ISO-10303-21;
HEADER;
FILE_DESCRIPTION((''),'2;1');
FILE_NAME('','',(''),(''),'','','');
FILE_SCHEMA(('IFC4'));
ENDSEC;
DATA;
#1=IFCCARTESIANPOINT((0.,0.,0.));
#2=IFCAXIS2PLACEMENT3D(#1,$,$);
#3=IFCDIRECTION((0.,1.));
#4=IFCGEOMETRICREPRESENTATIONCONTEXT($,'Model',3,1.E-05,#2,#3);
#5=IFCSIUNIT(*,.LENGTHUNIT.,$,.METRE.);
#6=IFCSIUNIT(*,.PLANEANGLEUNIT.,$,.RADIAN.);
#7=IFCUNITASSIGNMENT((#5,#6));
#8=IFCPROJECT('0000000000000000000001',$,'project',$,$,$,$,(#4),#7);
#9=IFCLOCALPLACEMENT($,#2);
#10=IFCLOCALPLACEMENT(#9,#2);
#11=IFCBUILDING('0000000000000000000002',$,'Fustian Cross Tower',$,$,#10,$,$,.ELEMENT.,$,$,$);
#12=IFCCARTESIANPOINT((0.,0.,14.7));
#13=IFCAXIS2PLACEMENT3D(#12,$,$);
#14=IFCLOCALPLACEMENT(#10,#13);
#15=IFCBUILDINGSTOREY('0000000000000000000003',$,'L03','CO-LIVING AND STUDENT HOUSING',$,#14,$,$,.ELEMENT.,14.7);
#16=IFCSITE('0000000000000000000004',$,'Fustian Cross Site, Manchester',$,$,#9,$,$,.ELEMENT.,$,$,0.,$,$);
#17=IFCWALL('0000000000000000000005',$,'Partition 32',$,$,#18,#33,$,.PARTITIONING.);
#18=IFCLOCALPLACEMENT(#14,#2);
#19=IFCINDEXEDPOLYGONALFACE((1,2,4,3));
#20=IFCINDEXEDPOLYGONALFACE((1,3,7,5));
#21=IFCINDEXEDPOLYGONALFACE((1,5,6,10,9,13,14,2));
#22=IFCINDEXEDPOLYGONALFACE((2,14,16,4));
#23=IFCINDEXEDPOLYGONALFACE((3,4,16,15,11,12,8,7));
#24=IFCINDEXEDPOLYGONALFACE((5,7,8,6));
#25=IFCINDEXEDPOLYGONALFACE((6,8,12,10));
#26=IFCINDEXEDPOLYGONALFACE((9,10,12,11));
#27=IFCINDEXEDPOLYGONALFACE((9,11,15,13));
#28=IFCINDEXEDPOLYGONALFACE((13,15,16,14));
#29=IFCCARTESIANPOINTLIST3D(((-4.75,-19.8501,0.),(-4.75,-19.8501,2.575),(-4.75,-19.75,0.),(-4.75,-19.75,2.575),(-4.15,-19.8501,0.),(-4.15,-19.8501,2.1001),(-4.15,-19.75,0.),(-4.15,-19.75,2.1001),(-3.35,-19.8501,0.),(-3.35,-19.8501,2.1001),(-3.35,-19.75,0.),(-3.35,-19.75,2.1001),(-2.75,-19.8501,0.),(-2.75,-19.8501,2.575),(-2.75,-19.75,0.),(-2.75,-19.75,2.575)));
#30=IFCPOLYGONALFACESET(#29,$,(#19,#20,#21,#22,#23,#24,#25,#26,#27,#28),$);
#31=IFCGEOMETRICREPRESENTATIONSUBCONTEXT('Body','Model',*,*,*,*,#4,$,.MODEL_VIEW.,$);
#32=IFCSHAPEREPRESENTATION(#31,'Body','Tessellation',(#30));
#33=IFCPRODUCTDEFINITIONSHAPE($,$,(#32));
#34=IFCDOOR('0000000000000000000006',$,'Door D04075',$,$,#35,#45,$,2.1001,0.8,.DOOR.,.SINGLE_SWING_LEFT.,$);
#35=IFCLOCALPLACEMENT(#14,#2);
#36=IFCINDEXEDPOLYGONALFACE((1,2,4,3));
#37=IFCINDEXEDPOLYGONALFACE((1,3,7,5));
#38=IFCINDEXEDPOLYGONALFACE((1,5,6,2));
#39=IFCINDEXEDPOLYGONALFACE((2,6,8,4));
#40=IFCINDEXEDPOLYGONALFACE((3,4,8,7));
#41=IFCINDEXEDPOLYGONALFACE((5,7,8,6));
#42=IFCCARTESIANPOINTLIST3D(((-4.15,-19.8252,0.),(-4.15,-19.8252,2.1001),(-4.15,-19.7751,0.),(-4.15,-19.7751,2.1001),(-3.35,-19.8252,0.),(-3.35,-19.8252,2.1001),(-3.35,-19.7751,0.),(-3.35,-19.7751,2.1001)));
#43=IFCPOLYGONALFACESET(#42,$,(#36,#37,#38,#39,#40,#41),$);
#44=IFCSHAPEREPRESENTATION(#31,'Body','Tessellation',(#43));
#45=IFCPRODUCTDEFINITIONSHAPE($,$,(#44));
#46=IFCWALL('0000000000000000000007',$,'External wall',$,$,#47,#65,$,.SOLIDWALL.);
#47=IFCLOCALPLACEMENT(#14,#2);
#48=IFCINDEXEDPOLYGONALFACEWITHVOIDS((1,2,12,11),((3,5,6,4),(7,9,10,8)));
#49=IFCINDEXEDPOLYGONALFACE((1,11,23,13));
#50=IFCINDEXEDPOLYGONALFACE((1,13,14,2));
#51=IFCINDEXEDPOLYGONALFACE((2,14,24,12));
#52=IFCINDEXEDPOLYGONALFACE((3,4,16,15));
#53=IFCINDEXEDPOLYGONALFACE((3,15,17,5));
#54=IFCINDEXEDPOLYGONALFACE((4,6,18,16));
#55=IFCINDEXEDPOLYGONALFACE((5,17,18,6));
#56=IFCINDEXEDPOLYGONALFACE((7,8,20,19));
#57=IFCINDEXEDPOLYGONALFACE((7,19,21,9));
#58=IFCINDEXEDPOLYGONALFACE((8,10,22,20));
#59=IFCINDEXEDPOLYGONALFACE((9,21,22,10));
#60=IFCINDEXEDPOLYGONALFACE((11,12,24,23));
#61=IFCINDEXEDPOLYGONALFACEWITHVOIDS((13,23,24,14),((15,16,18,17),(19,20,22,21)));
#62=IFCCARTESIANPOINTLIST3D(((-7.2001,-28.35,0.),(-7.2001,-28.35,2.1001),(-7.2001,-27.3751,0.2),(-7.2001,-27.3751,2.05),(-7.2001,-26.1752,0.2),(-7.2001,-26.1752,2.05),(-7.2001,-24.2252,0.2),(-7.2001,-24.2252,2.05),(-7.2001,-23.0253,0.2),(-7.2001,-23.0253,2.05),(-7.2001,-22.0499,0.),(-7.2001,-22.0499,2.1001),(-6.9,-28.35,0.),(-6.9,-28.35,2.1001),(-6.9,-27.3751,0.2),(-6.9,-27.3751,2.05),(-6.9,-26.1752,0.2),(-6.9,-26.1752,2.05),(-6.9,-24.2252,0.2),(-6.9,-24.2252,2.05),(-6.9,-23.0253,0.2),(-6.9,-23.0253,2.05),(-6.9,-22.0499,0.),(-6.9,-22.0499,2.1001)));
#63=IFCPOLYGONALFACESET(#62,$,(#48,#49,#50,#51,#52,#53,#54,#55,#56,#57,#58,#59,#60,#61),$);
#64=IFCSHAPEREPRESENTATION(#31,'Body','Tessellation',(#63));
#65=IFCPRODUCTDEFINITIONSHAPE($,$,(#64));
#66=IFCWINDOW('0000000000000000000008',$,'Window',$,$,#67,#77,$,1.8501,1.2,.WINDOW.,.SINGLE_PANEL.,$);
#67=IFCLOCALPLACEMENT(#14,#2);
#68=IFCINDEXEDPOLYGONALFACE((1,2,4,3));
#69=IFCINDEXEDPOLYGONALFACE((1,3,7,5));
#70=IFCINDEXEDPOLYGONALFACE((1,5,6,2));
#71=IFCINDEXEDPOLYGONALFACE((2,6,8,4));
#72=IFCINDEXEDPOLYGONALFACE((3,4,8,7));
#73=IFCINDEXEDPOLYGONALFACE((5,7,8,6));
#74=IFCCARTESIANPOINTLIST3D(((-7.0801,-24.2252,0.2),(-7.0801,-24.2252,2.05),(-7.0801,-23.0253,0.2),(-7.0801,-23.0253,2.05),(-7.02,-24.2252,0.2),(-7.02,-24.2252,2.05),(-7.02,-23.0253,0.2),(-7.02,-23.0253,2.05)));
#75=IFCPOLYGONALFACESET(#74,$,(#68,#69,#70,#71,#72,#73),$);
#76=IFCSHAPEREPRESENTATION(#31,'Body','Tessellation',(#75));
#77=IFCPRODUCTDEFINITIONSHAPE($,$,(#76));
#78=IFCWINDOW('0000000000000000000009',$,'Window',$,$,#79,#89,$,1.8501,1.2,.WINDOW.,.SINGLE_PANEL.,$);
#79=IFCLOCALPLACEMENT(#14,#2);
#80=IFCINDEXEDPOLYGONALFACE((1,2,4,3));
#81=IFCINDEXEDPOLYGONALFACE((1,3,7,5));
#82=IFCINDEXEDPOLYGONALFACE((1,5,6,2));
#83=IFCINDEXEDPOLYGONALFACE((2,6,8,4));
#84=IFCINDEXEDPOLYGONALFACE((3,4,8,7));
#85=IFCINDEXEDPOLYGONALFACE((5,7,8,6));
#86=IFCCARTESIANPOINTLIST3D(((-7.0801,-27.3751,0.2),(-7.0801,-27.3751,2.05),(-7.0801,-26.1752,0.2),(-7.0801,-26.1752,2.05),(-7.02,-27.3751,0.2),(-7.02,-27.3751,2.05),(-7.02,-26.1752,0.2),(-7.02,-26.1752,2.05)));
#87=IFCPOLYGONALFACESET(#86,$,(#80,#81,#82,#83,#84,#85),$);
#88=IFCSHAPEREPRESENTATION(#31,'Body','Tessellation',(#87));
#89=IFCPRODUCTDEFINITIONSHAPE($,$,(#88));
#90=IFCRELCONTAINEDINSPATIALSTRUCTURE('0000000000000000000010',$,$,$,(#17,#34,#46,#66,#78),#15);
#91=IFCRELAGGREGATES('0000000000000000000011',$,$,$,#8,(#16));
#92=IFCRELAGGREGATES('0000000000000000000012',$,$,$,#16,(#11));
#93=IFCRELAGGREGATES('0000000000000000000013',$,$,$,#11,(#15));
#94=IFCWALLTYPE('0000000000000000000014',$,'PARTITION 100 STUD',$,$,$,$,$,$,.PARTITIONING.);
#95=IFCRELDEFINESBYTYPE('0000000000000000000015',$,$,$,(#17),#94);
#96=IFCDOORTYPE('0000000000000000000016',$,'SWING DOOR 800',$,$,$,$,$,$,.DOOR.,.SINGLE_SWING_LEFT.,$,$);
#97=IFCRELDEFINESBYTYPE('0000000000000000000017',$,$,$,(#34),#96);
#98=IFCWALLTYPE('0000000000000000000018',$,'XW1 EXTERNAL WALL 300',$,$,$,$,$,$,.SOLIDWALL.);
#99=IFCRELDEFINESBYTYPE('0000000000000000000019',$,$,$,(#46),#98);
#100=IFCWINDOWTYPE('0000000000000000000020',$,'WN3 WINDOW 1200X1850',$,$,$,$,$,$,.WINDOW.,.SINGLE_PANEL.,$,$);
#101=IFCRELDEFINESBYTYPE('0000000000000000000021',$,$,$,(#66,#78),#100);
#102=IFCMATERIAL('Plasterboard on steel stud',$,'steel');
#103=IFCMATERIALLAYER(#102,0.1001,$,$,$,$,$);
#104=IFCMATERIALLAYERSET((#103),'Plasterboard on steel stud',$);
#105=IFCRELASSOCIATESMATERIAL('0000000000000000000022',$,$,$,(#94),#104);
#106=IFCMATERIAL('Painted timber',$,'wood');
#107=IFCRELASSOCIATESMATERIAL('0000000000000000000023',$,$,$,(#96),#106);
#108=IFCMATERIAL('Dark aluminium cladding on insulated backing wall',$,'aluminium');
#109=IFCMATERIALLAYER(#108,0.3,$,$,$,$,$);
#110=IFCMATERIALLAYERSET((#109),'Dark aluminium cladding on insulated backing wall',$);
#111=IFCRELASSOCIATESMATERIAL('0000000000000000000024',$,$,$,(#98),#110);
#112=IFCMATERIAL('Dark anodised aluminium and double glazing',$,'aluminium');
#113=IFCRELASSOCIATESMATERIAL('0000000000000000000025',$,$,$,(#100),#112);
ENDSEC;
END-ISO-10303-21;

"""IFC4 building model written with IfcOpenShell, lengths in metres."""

from ifc_helpers import new_model, si_unit, direction, frame, frame_2d, origin, place, context, subcontext, project, spatial, rectangle, extrude, material, layer, layer_set, type_object, element, fill, save


model = new_model("IFC4")

# Units and contexts
model_context = context("Model", 3, precision=1e-05, world=origin(), true_north=direction((0.0, 1.0)))
body_context = subcontext(model_context, "Body", "Model", "MODEL_VIEW")
ifc_project = project(units=[si_unit("LENGTHUNIT", "METRE"), si_unit("PLANEANGLEUNIT", "RADIAN")], contexts=[model_context])

# Site, building, storey
site_placement = place(None, origin())
site = spatial("IfcSite", under=ifc_project, at=site_placement, Name="Fustian Cross Site, Manchester", CompositionType="ELEMENT", RefElevation=0.0)
building_placement = place(site_placement, origin())
building = spatial("IfcBuilding", under=site, at=building_placement, Name="Fustian Cross Tower", CompositionType="ELEMENT")
storey_placement = place(building_placement, frame((0.0, 0.0, 14.7)))
storey = spatial("IfcBuildingStorey", under=building, at=storey_placement, Name="L03", Description="CO-LIVING AND STUDENT HOUSING", CompositionType="ELEMENT", Elevation=14.7)

# Shared definitions
ifc_material_1 = material(Name="Plasterboard on steel stud", Category="steel")
ifc_layer_1 = layer(ifc_material_1, 0.1001)
ifc_layer_set_1 = layer_set([ifc_layer_1], Name="Plasterboard on steel stud")
wall_type_1 = type_object("IfcWallType", Name="PARTITION 100 STUD", PredefinedType="PARTITIONING", material=ifc_layer_set_1)

# Shared definitions
ifc_material_2 = material(Name="Painted timber", Category="wood")
door_type = type_object("IfcDoorType", Name="SWING DOOR 800", OperationType="SINGLE_SWING_LEFT", PredefinedType="DOOR", material=ifc_material_2)

# Wall, opening, door
wall_1_placement = place(storey_placement, frame((-4.75, -19.8, 0.0), z_axis=(0.0, 0.0, 1.0), x_axis=(1.0, 0.0, 0.0)))
wall_1 = element("IfcWall", 1, at=wall_1_placement, inside=storey, type_object=wall_type_1, Name="Partition 32", PredefinedType="PARTITIONING", context=body_context, shape_type="SweptSolid", body=[
    extrude(rectangle(XDim=2.0, YDim=0.1001, at=frame_2d((1.0, 0.0))), origin(), (0.0, 0.0, 1.0), 2.575),
])
opening_1_placement = place(wall_1_placement, frame((0.6001, 0.0, 0.0)))
opening_1 = element("IfcOpeningElement", 2, at=opening_1_placement, cuts=wall_1, PredefinedType="OPENING", context=body_context, shape_type="SweptSolid", body=[
    extrude(rectangle(XDim=0.8, YDim=2.1001, at=frame_2d((0.3999, 1.05))), frame((0.0, 0.0601, 0.0), z_axis=(0.0, -1.0, 0.0), x_axis=(1.0, 0.0, 0.0)), (0.0, 0.0, 1.0), 0.1201),
])
door_1_placement = place(opening_1_placement, origin())
door_1 = element("IfcDoor", 3, at=door_1_placement, inside=storey, type_object=door_type, Name="Door D04075", OperationType="SINGLE_SWING_LEFT", OverallHeight=2.1001, OverallWidth=0.8, PredefinedType="DOOR", context=body_context, shape_type="SweptSolid", body=[
    extrude(rectangle(XDim=0.8, YDim=2.1001, at=frame_2d((0.3999, 1.05))), frame((0.0, 0.0249, 0.0), z_axis=(0.0, -1.0, 0.0), x_axis=(1.0, 0.0, 0.0)), (0.0, 0.0, 1.0), 0.05),
])
fill(opening_1, door_1)

# Wall, openings, windows
ifc_material_3 = material(Name="Dark aluminium cladding on insulated backing wall", Category="aluminium")
ifc_layer_2 = layer(ifc_material_3, 0.3)
ifc_layer_set_2 = layer_set([ifc_layer_2], Name="Dark aluminium cladding on insulated backing wall")
wall_type_2 = type_object("IfcWallType", Name="XW1 EXTERNAL WALL 300", PredefinedType="SOLIDWALL", material=ifc_layer_set_2)
wall_2_placement = place(storey_placement, frame((-7.05, -22.05, 0.0), z_axis=(0.0, 0.0, 1.0), x_axis=(0.0, -1.0, 0.0)))
wall_2 = element("IfcWall", 4, at=wall_2_placement, inside=storey, type_object=wall_type_2, Name="External wall", PredefinedType="SOLIDWALL", context=body_context, shape_type="SweptSolid", body=[
    extrude(rectangle(XDim=6.3, YDim=0.3, at=frame_2d((3.1499, 0.0))), origin(), (0.0, 0.0, 1.0), 2.1001),
])
opening_2_placement = place(wall_2_placement, frame((0.9751, 0.0, 0.2)))
opening_2 = element("IfcOpeningElement", 5, at=opening_2_placement, cuts=wall_2, PredefinedType="OPENING", context=body_context, shape_type="SweptSolid", body=[
    extrude(rectangle(XDim=1.2, YDim=1.8501, at=frame_2d((0.6001, 0.925))), frame((0.0, 0.1599, 0.0), z_axis=(0.0, -1.0, 0.0), x_axis=(1.0, 0.0, 0.0)), (0.0, 0.0, 1.0), 0.3201),
])
opening_3_placement = place(wall_2_placement, frame((4.125, 0.0, 0.2)))
opening_3 = element("IfcOpeningElement", 6, at=opening_3_placement, cuts=wall_2, PredefinedType="OPENING", context=body_context, shape_type="SweptSolid", body=[
    extrude(rectangle(XDim=1.2, YDim=1.8501, at=frame_2d((0.6001, 0.925))), frame((0.0, 0.1599, 0.0), z_axis=(0.0, -1.0, 0.0), x_axis=(1.0, 0.0, 0.0)), (0.0, 0.0, 1.0), 0.3201),
])
ifc_material_4 = material(Name="Dark anodised aluminium and double glazing", Category="aluminium")
window_type = type_object("IfcWindowType", Name="WN3 WINDOW 1200X1850", PartitioningType="SINGLE_PANEL", PredefinedType="WINDOW", material=ifc_material_4)
window_1_placement = place(opening_2_placement, origin())
window_1 = element("IfcWindow", 7, at=window_1_placement, inside=storey, type_object=window_type, Name="Window", OverallHeight=1.8501, OverallWidth=1.2, PartitioningType="SINGLE_PANEL", PredefinedType="WINDOW", context=body_context, shape_type="SweptSolid", body=[
    extrude(rectangle(XDim=1.2, YDim=1.8501, at=frame_2d((0.6001, 0.925))), frame((0.0, 0.03, 0.0), z_axis=(0.0, -1.0, 0.0), x_axis=(1.0, 0.0, 0.0)), (0.0, 0.0, 1.0), 0.0601),
])
fill(opening_2, window_1)
window_2_placement = place(opening_3_placement, origin())
window_2 = element("IfcWindow", 8, at=window_2_placement, inside=storey, type_object=window_type, Name="Window", OverallHeight=1.8501, OverallWidth=1.2, PartitioningType="SINGLE_PANEL", PredefinedType="WINDOW", context=body_context, shape_type="SweptSolid", body=[
    extrude(rectangle(XDim=1.2, YDim=1.8501, at=frame_2d((0.6001, 0.925))), frame((0.0, 0.03, 0.0), z_axis=(0.0, -1.0, 0.0), x_axis=(1.0, 0.0, 0.0)), (0.0, 0.0, 1.0), 0.0601),
])
fill(opening_3, window_2)

save(model, "model.ifc")
